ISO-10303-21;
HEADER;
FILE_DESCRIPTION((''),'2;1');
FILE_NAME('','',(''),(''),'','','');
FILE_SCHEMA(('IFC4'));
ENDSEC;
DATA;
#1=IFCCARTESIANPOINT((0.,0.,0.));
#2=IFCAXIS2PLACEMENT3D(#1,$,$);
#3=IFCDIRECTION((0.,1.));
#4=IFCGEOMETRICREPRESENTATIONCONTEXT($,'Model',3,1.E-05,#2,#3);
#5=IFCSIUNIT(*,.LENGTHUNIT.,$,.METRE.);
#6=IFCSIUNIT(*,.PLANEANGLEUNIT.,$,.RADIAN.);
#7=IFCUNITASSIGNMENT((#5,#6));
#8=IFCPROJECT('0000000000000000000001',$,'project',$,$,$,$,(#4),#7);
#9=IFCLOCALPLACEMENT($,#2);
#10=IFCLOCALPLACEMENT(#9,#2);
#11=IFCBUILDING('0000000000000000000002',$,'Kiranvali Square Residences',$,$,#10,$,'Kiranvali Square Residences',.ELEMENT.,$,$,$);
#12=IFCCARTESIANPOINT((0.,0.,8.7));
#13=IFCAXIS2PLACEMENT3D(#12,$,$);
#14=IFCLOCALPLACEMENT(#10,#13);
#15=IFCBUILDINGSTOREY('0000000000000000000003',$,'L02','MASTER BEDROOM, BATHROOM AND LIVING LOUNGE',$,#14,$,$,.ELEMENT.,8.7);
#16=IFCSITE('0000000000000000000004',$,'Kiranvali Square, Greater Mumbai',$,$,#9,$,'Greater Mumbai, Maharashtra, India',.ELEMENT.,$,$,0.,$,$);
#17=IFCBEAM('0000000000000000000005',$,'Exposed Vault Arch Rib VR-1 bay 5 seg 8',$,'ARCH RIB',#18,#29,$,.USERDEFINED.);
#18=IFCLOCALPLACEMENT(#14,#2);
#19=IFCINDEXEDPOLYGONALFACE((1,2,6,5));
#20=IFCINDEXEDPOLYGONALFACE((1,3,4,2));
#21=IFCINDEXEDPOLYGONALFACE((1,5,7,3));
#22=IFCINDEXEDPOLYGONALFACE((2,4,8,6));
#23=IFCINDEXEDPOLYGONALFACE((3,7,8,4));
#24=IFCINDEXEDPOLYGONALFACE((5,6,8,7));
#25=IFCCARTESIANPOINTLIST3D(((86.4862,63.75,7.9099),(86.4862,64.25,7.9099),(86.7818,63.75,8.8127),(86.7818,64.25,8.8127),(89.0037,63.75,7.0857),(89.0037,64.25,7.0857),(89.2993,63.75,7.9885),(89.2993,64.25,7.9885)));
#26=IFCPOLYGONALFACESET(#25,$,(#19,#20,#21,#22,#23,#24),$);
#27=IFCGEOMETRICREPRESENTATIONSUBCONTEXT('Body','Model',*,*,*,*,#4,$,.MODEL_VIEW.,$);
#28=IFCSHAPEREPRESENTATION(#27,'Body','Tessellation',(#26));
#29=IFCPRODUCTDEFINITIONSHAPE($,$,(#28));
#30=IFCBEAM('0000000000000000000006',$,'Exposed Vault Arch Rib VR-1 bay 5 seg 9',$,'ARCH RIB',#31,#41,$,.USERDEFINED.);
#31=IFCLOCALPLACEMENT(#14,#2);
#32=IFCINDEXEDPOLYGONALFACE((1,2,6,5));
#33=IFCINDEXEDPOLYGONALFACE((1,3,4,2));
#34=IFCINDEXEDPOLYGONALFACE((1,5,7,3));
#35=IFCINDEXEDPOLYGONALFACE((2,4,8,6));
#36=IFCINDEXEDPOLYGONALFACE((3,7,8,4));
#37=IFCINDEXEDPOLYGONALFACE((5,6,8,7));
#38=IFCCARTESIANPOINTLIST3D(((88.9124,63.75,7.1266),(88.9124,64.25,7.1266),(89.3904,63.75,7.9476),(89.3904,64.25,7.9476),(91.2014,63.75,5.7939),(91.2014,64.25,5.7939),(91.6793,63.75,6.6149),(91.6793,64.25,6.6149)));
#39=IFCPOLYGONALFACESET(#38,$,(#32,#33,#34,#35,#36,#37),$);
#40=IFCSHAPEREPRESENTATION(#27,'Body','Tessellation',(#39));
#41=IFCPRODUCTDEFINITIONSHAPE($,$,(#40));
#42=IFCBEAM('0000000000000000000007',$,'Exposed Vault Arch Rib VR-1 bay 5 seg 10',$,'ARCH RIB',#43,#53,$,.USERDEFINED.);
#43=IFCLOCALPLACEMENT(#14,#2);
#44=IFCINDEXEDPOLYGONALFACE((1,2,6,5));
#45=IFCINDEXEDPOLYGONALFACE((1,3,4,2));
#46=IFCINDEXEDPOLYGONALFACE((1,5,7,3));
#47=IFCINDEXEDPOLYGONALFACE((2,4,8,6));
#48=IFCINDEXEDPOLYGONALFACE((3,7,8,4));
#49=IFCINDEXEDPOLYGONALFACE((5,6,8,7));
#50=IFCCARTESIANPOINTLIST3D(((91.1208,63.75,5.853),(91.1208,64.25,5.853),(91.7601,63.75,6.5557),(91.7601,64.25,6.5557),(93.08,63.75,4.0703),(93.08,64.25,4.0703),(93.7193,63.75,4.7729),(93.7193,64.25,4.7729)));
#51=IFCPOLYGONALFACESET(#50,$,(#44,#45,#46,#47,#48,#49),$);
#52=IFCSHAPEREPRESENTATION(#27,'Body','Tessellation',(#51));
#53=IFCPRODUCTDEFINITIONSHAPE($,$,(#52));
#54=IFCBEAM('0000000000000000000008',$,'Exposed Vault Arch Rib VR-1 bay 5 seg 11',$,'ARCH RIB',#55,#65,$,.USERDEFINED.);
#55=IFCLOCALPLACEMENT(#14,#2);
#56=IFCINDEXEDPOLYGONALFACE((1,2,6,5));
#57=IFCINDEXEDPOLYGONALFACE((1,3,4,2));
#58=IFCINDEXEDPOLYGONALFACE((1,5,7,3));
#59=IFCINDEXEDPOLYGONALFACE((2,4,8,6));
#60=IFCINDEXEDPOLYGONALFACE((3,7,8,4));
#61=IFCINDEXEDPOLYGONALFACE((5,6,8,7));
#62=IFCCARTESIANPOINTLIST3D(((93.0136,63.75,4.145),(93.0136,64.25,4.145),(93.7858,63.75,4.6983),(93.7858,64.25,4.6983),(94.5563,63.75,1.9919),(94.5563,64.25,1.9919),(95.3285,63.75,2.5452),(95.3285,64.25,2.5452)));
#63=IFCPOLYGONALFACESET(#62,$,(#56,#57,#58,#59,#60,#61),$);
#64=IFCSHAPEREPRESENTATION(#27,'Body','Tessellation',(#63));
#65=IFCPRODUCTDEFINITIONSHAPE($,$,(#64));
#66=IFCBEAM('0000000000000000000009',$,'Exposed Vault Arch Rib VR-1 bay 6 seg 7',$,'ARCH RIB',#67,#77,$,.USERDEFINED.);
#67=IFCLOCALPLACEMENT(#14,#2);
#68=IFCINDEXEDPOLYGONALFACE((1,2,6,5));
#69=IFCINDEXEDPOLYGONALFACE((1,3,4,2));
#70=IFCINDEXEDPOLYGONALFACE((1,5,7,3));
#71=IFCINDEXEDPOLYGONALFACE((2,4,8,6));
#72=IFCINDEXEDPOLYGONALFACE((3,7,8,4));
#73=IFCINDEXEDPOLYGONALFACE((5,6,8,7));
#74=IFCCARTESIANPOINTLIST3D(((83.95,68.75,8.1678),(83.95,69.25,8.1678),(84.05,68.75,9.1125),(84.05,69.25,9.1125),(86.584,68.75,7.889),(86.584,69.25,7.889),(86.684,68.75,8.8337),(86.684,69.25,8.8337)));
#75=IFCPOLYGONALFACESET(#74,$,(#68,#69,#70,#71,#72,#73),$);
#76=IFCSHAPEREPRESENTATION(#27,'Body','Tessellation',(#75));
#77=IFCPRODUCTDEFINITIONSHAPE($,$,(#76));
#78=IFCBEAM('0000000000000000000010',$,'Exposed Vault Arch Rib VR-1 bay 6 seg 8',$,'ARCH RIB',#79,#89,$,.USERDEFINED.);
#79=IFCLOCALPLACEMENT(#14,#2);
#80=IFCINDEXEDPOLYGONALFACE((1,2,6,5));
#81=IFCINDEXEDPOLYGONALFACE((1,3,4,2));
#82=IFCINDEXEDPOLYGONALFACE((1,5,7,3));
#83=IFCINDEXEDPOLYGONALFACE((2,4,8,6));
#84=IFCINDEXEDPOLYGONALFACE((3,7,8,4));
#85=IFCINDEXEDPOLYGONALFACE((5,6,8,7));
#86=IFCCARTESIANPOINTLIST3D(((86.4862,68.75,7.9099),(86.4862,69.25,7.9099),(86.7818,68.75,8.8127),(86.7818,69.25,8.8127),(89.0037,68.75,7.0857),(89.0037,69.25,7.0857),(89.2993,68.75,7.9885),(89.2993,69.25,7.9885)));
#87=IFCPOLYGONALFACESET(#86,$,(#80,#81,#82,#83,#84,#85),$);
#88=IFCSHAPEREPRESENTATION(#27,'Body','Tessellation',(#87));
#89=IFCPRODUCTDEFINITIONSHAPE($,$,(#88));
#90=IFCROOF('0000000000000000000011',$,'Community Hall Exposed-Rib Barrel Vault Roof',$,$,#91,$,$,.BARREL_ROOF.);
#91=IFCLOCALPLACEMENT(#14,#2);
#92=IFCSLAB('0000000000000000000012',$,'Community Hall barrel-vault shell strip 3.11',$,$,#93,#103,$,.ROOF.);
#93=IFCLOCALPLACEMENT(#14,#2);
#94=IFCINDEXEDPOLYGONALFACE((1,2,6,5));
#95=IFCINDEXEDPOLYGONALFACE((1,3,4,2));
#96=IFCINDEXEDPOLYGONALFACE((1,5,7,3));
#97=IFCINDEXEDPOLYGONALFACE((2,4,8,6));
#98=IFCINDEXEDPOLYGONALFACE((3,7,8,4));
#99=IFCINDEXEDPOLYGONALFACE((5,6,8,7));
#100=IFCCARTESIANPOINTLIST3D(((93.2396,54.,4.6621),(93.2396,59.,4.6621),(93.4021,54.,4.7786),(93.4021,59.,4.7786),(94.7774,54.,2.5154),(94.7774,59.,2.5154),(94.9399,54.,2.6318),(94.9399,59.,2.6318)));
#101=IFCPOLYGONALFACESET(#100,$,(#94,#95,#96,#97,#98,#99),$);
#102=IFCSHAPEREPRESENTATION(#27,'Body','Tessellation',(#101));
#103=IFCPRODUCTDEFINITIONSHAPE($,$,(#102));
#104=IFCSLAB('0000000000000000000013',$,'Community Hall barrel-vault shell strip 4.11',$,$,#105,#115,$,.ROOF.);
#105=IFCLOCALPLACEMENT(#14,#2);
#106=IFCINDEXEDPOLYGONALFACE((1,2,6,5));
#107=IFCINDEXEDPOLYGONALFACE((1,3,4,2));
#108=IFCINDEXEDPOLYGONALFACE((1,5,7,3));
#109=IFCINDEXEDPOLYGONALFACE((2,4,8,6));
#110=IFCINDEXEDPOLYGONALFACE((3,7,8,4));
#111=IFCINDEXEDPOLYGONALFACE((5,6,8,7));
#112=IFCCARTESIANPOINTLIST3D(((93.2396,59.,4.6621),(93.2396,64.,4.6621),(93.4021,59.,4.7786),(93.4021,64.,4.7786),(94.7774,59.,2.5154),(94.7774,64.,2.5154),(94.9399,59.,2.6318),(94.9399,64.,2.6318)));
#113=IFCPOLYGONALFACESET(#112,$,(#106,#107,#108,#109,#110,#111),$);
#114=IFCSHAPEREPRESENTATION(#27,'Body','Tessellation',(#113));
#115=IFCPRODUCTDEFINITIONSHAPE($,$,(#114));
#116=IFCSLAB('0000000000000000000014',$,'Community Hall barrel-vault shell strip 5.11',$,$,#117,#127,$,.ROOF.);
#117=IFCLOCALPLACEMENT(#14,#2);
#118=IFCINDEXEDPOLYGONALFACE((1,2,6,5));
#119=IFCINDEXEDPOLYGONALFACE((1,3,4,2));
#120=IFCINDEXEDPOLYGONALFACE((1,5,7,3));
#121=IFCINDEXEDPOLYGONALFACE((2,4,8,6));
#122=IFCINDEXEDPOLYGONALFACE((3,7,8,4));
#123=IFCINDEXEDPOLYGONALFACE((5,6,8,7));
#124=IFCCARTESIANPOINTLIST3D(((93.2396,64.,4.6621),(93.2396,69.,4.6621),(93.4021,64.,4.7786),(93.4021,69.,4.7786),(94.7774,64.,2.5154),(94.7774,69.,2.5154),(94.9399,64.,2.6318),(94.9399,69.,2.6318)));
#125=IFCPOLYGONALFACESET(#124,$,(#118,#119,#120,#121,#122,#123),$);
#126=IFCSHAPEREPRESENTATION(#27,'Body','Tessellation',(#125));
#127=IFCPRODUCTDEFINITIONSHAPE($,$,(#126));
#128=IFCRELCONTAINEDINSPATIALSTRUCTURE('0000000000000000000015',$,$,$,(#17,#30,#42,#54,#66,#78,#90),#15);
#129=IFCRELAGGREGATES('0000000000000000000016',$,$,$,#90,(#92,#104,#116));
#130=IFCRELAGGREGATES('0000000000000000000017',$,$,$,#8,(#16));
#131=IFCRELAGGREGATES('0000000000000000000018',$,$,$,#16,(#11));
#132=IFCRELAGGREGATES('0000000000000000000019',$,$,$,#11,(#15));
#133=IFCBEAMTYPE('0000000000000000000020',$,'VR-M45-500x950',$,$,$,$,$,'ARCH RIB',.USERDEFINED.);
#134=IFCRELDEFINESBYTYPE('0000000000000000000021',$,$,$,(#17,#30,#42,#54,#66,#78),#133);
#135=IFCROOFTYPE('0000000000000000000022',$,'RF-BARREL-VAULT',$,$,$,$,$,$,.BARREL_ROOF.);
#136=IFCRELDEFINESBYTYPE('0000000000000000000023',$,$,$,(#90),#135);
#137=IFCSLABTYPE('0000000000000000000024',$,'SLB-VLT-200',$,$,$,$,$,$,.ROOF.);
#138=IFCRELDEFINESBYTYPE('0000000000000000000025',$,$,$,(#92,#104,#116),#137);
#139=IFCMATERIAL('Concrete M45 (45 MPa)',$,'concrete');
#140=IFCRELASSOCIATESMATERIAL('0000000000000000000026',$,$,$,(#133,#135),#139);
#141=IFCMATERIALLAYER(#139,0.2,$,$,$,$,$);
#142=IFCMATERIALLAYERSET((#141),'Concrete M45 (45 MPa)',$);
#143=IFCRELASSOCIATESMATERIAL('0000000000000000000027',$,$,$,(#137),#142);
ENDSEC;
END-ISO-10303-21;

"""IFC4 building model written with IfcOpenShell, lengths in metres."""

from ifc_helpers import new_model, si_unit, direction, frame, origin, origin_2d, place, context, subcontext, project, spatial, polyline, rectangle, outline, extrude, material, layer, layer_set, material_profile, profile_set, type_object, element, aggregate, save


model = new_model("IFC4")

# Units and contexts
model_context = context("Model", 3, precision=1e-05, world=origin(), true_north=direction((0.0, 1.0)))
body_context = subcontext(model_context, "Body", "Model", "MODEL_VIEW")
ifc_project = project(units=[si_unit("LENGTHUNIT", "METRE"), si_unit("PLANEANGLEUNIT", "RADIAN")], contexts=[model_context])

# Site, building, storey
site_placement = place(None, origin())
site = spatial("IfcSite", under=ifc_project, at=site_placement, Name="Kiranvali Square, Greater Mumbai", LongName="Greater Mumbai, Maharashtra, India", CompositionType="ELEMENT", RefElevation=0.0)
building_placement = place(site_placement, origin())
building = spatial("IfcBuilding", under=site, at=building_placement, Name="Kiranvali Square Residences", LongName="Kiranvali Square Residences", CompositionType="ELEMENT")
storey_placement = place(building_placement, frame((0.0, 0.0, 8.7)))
storey = spatial("IfcBuildingStorey", under=building, at=storey_placement, Name="L02", Description="MASTER BEDROOM, BATHROOM AND LIVING LOUNGE", CompositionType="ELEMENT", Elevation=8.7)

# Beams
ifc_material_1 = material(Name="Concrete M45 (45 MPa)", Category="concrete")
ifc_material_profile_1 = material_profile(ifc_material_1, rectangle(XDim=0.5, YDim=0.95, at=origin_2d()), Name="RC 500x950")
ifc_profile_set_1 = profile_set([ifc_material_profile_1], Name="Concrete M45 (45 MPa)")
beam_type = type_object("IfcBeamType", Name="VR-M45-500x950", ElementType="ARCH RIB", PredefinedType="USERDEFINED", material=ifc_profile_set_1)
beam_1_placement = place(storey_placement, frame((86.634, 64.0, 8.3613), z_axis=(0.950356, 0.0, -0.311163), x_axis=(0.0, 1.0, 0.0)))
element("IfcBeam", 1, at=beam_1_placement, inside=storey, type_object=beam_type, Name="Exposed Vault Arch Rib VR-1 bay 5 seg 8", ObjectType="ARCH RIB", PredefinedType="USERDEFINED", context=body_context, shape_type="SweptSolid", body=[
    extrude(rectangle(XDim=0.5, YDim=0.95, at=origin_2d()), origin(), (0.0, 0.0, 1.0), 2.6489),
])
beam_2_placement = place(storey_placement, frame((89.1514, 64.0, 7.5371), z_axis=(0.864193, 0.0, -0.50316), x_axis=(0.0, 1.0, 0.0)))
element("IfcBeam", 2, at=beam_2_placement, inside=storey, type_object=beam_type, Name="Exposed Vault Arch Rib VR-1 bay 5 seg 9", ObjectType="ARCH RIB", PredefinedType="USERDEFINED", context=body_context, shape_type="SweptSolid", body=[
    extrude(rectangle(XDim=0.5, YDim=0.95, at=origin_2d()), origin(), (0.0, 0.0, 1.0), 2.6487),
])
beam_3_placement = place(storey_placement, frame((91.4404, 64.0, 6.2043), z_axis=(0.73964, 0.0, -0.673003), x_axis=(0.0, 1.0, 0.0)))
element("IfcBeam", 3, at=beam_3_placement, inside=storey, type_object=beam_type, Name="Exposed Vault Arch Rib VR-1 bay 5 seg 10", ObjectType="ARCH RIB", PredefinedType="USERDEFINED", context=body_context, shape_type="SweptSolid", body=[
    extrude(rectangle(XDim=0.5, YDim=0.95, at=origin_2d()), origin(), (0.0, 0.0, 1.0), 2.6489),
])
for number, where, z_axis, x_axis, name in (
    (4, (93.3997, 64.0, 4.4216), (0.582441, 0.0, -0.812873), (0.0, 1.0, 0.0), "Exposed Vault Arch Rib VR-1 bay 5 seg 11"),
    (5, (84.0, 69.0, 8.6401), (0.994445, 0.0, -0.105261), (0.0, 1.0, 0.0), "Exposed Vault Arch Rib VR-1 bay 6 seg 7"),
):
    element("IfcBeam", number, at=place(storey_placement, frame(where, z_axis=z_axis, x_axis=x_axis)), inside=storey, type_object=beam_type, Name=name, ObjectType="ARCH RIB", PredefinedType="USERDEFINED", context=body_context, shape_type="SweptSolid", body=[
        extrude(rectangle(XDim=0.5, YDim=0.95, at=origin_2d()), origin(), (0.0, 0.0, 1.0), 2.6487),
    ])
beam_4_placement = place(storey_placement, frame((86.634, 69.0, 8.3613), z_axis=(0.950356, 0.0, -0.311163), x_axis=(0.0, 1.0, 0.0)))
element("IfcBeam", 6, at=beam_4_placement, inside=storey, type_object=beam_type, Name="Exposed Vault Arch Rib VR-1 bay 6 seg 8", ObjectType="ARCH RIB", PredefinedType="USERDEFINED", context=body_context, shape_type="SweptSolid", body=[
    extrude(rectangle(XDim=0.5, YDim=0.95, at=origin_2d()), origin(), (0.0, 0.0, 1.0), 2.6489),
])

# Roof, slabs
roof_type = type_object("IfcRoofType", Name="RF-BARREL-VAULT", PredefinedType="BARREL_ROOF", material=ifc_material_1)
roof_placement = place(storey_placement, origin())
roof = element("IfcRoof", 7, at=roof_placement, inside=storey, type_object=roof_type, Name="Community Hall Exposed-Rib Barrel Vault Roof", PredefinedType="BARREL_ROOF")
ifc_layer = layer(ifc_material_1, 0.2)
ifc_layer_set = layer_set([ifc_layer], Name="Concrete M45 (45 MPa)")
slab_type = type_object("IfcSlabType", Name="SLB-VLT-200", PredefinedType="ROOF", material=ifc_layer_set)
slab_1_placement = place(storey_placement, frame((93.4021, 54.0, 4.7786), z_axis=(0.812933, 0.0, 0.582357), x_axis=(0.582357, 0.0, -0.812933)))
slab_1 = element("IfcSlab", 8, at=slab_1_placement, type_object=slab_type, Name="Community Hall barrel-vault shell strip 3.11", PredefinedType="ROOF", context=body_context, shape_type="SweptSolid", body=[
    extrude(outline(polyline([(0.0, 0.0), (2.6407, 0.0), (2.6407, 5.0), (0.0, 5.0), (0.0, 0.0)])), origin(), (0.0, 0.0, -1.0), 0.2),
])
slab_2_placement = place(storey_placement, frame((93.4021, 59.0, 4.7786), z_axis=(0.812933, 0.0, 0.582357), x_axis=(0.582357, 0.0, -0.812933)))
slab_2 = element("IfcSlab", 9, at=slab_2_placement, type_object=slab_type, Name="Community Hall barrel-vault shell strip 4.11", PredefinedType="ROOF", context=body_context, shape_type="SweptSolid", body=[
    extrude(outline(polyline([(0.0, 0.0), (2.6407, 0.0), (2.6407, 5.0), (0.0, 5.0), (0.0, 0.0)])), origin(), (0.0, 0.0, -1.0), 0.2),
])
slab_3_placement = place(storey_placement, frame((93.4021, 64.0, 4.7786), z_axis=(0.812933, 0.0, 0.582357), x_axis=(0.582357, 0.0, -0.812933)))
slab_3 = element("IfcSlab", 10, at=slab_3_placement, type_object=slab_type, Name="Community Hall barrel-vault shell strip 5.11", PredefinedType="ROOF", context=body_context, shape_type="SweptSolid", body=[
    extrude(outline(polyline([(0.0, 0.0), (2.6407, 0.0), (2.6407, 5.0), (0.0, 5.0), (0.0, 0.0)])), origin(), (0.0, 0.0, -1.0), 0.2),
])
aggregate(roof, [slab_1, slab_2, slab_3])

save(model, "model.ifc")
